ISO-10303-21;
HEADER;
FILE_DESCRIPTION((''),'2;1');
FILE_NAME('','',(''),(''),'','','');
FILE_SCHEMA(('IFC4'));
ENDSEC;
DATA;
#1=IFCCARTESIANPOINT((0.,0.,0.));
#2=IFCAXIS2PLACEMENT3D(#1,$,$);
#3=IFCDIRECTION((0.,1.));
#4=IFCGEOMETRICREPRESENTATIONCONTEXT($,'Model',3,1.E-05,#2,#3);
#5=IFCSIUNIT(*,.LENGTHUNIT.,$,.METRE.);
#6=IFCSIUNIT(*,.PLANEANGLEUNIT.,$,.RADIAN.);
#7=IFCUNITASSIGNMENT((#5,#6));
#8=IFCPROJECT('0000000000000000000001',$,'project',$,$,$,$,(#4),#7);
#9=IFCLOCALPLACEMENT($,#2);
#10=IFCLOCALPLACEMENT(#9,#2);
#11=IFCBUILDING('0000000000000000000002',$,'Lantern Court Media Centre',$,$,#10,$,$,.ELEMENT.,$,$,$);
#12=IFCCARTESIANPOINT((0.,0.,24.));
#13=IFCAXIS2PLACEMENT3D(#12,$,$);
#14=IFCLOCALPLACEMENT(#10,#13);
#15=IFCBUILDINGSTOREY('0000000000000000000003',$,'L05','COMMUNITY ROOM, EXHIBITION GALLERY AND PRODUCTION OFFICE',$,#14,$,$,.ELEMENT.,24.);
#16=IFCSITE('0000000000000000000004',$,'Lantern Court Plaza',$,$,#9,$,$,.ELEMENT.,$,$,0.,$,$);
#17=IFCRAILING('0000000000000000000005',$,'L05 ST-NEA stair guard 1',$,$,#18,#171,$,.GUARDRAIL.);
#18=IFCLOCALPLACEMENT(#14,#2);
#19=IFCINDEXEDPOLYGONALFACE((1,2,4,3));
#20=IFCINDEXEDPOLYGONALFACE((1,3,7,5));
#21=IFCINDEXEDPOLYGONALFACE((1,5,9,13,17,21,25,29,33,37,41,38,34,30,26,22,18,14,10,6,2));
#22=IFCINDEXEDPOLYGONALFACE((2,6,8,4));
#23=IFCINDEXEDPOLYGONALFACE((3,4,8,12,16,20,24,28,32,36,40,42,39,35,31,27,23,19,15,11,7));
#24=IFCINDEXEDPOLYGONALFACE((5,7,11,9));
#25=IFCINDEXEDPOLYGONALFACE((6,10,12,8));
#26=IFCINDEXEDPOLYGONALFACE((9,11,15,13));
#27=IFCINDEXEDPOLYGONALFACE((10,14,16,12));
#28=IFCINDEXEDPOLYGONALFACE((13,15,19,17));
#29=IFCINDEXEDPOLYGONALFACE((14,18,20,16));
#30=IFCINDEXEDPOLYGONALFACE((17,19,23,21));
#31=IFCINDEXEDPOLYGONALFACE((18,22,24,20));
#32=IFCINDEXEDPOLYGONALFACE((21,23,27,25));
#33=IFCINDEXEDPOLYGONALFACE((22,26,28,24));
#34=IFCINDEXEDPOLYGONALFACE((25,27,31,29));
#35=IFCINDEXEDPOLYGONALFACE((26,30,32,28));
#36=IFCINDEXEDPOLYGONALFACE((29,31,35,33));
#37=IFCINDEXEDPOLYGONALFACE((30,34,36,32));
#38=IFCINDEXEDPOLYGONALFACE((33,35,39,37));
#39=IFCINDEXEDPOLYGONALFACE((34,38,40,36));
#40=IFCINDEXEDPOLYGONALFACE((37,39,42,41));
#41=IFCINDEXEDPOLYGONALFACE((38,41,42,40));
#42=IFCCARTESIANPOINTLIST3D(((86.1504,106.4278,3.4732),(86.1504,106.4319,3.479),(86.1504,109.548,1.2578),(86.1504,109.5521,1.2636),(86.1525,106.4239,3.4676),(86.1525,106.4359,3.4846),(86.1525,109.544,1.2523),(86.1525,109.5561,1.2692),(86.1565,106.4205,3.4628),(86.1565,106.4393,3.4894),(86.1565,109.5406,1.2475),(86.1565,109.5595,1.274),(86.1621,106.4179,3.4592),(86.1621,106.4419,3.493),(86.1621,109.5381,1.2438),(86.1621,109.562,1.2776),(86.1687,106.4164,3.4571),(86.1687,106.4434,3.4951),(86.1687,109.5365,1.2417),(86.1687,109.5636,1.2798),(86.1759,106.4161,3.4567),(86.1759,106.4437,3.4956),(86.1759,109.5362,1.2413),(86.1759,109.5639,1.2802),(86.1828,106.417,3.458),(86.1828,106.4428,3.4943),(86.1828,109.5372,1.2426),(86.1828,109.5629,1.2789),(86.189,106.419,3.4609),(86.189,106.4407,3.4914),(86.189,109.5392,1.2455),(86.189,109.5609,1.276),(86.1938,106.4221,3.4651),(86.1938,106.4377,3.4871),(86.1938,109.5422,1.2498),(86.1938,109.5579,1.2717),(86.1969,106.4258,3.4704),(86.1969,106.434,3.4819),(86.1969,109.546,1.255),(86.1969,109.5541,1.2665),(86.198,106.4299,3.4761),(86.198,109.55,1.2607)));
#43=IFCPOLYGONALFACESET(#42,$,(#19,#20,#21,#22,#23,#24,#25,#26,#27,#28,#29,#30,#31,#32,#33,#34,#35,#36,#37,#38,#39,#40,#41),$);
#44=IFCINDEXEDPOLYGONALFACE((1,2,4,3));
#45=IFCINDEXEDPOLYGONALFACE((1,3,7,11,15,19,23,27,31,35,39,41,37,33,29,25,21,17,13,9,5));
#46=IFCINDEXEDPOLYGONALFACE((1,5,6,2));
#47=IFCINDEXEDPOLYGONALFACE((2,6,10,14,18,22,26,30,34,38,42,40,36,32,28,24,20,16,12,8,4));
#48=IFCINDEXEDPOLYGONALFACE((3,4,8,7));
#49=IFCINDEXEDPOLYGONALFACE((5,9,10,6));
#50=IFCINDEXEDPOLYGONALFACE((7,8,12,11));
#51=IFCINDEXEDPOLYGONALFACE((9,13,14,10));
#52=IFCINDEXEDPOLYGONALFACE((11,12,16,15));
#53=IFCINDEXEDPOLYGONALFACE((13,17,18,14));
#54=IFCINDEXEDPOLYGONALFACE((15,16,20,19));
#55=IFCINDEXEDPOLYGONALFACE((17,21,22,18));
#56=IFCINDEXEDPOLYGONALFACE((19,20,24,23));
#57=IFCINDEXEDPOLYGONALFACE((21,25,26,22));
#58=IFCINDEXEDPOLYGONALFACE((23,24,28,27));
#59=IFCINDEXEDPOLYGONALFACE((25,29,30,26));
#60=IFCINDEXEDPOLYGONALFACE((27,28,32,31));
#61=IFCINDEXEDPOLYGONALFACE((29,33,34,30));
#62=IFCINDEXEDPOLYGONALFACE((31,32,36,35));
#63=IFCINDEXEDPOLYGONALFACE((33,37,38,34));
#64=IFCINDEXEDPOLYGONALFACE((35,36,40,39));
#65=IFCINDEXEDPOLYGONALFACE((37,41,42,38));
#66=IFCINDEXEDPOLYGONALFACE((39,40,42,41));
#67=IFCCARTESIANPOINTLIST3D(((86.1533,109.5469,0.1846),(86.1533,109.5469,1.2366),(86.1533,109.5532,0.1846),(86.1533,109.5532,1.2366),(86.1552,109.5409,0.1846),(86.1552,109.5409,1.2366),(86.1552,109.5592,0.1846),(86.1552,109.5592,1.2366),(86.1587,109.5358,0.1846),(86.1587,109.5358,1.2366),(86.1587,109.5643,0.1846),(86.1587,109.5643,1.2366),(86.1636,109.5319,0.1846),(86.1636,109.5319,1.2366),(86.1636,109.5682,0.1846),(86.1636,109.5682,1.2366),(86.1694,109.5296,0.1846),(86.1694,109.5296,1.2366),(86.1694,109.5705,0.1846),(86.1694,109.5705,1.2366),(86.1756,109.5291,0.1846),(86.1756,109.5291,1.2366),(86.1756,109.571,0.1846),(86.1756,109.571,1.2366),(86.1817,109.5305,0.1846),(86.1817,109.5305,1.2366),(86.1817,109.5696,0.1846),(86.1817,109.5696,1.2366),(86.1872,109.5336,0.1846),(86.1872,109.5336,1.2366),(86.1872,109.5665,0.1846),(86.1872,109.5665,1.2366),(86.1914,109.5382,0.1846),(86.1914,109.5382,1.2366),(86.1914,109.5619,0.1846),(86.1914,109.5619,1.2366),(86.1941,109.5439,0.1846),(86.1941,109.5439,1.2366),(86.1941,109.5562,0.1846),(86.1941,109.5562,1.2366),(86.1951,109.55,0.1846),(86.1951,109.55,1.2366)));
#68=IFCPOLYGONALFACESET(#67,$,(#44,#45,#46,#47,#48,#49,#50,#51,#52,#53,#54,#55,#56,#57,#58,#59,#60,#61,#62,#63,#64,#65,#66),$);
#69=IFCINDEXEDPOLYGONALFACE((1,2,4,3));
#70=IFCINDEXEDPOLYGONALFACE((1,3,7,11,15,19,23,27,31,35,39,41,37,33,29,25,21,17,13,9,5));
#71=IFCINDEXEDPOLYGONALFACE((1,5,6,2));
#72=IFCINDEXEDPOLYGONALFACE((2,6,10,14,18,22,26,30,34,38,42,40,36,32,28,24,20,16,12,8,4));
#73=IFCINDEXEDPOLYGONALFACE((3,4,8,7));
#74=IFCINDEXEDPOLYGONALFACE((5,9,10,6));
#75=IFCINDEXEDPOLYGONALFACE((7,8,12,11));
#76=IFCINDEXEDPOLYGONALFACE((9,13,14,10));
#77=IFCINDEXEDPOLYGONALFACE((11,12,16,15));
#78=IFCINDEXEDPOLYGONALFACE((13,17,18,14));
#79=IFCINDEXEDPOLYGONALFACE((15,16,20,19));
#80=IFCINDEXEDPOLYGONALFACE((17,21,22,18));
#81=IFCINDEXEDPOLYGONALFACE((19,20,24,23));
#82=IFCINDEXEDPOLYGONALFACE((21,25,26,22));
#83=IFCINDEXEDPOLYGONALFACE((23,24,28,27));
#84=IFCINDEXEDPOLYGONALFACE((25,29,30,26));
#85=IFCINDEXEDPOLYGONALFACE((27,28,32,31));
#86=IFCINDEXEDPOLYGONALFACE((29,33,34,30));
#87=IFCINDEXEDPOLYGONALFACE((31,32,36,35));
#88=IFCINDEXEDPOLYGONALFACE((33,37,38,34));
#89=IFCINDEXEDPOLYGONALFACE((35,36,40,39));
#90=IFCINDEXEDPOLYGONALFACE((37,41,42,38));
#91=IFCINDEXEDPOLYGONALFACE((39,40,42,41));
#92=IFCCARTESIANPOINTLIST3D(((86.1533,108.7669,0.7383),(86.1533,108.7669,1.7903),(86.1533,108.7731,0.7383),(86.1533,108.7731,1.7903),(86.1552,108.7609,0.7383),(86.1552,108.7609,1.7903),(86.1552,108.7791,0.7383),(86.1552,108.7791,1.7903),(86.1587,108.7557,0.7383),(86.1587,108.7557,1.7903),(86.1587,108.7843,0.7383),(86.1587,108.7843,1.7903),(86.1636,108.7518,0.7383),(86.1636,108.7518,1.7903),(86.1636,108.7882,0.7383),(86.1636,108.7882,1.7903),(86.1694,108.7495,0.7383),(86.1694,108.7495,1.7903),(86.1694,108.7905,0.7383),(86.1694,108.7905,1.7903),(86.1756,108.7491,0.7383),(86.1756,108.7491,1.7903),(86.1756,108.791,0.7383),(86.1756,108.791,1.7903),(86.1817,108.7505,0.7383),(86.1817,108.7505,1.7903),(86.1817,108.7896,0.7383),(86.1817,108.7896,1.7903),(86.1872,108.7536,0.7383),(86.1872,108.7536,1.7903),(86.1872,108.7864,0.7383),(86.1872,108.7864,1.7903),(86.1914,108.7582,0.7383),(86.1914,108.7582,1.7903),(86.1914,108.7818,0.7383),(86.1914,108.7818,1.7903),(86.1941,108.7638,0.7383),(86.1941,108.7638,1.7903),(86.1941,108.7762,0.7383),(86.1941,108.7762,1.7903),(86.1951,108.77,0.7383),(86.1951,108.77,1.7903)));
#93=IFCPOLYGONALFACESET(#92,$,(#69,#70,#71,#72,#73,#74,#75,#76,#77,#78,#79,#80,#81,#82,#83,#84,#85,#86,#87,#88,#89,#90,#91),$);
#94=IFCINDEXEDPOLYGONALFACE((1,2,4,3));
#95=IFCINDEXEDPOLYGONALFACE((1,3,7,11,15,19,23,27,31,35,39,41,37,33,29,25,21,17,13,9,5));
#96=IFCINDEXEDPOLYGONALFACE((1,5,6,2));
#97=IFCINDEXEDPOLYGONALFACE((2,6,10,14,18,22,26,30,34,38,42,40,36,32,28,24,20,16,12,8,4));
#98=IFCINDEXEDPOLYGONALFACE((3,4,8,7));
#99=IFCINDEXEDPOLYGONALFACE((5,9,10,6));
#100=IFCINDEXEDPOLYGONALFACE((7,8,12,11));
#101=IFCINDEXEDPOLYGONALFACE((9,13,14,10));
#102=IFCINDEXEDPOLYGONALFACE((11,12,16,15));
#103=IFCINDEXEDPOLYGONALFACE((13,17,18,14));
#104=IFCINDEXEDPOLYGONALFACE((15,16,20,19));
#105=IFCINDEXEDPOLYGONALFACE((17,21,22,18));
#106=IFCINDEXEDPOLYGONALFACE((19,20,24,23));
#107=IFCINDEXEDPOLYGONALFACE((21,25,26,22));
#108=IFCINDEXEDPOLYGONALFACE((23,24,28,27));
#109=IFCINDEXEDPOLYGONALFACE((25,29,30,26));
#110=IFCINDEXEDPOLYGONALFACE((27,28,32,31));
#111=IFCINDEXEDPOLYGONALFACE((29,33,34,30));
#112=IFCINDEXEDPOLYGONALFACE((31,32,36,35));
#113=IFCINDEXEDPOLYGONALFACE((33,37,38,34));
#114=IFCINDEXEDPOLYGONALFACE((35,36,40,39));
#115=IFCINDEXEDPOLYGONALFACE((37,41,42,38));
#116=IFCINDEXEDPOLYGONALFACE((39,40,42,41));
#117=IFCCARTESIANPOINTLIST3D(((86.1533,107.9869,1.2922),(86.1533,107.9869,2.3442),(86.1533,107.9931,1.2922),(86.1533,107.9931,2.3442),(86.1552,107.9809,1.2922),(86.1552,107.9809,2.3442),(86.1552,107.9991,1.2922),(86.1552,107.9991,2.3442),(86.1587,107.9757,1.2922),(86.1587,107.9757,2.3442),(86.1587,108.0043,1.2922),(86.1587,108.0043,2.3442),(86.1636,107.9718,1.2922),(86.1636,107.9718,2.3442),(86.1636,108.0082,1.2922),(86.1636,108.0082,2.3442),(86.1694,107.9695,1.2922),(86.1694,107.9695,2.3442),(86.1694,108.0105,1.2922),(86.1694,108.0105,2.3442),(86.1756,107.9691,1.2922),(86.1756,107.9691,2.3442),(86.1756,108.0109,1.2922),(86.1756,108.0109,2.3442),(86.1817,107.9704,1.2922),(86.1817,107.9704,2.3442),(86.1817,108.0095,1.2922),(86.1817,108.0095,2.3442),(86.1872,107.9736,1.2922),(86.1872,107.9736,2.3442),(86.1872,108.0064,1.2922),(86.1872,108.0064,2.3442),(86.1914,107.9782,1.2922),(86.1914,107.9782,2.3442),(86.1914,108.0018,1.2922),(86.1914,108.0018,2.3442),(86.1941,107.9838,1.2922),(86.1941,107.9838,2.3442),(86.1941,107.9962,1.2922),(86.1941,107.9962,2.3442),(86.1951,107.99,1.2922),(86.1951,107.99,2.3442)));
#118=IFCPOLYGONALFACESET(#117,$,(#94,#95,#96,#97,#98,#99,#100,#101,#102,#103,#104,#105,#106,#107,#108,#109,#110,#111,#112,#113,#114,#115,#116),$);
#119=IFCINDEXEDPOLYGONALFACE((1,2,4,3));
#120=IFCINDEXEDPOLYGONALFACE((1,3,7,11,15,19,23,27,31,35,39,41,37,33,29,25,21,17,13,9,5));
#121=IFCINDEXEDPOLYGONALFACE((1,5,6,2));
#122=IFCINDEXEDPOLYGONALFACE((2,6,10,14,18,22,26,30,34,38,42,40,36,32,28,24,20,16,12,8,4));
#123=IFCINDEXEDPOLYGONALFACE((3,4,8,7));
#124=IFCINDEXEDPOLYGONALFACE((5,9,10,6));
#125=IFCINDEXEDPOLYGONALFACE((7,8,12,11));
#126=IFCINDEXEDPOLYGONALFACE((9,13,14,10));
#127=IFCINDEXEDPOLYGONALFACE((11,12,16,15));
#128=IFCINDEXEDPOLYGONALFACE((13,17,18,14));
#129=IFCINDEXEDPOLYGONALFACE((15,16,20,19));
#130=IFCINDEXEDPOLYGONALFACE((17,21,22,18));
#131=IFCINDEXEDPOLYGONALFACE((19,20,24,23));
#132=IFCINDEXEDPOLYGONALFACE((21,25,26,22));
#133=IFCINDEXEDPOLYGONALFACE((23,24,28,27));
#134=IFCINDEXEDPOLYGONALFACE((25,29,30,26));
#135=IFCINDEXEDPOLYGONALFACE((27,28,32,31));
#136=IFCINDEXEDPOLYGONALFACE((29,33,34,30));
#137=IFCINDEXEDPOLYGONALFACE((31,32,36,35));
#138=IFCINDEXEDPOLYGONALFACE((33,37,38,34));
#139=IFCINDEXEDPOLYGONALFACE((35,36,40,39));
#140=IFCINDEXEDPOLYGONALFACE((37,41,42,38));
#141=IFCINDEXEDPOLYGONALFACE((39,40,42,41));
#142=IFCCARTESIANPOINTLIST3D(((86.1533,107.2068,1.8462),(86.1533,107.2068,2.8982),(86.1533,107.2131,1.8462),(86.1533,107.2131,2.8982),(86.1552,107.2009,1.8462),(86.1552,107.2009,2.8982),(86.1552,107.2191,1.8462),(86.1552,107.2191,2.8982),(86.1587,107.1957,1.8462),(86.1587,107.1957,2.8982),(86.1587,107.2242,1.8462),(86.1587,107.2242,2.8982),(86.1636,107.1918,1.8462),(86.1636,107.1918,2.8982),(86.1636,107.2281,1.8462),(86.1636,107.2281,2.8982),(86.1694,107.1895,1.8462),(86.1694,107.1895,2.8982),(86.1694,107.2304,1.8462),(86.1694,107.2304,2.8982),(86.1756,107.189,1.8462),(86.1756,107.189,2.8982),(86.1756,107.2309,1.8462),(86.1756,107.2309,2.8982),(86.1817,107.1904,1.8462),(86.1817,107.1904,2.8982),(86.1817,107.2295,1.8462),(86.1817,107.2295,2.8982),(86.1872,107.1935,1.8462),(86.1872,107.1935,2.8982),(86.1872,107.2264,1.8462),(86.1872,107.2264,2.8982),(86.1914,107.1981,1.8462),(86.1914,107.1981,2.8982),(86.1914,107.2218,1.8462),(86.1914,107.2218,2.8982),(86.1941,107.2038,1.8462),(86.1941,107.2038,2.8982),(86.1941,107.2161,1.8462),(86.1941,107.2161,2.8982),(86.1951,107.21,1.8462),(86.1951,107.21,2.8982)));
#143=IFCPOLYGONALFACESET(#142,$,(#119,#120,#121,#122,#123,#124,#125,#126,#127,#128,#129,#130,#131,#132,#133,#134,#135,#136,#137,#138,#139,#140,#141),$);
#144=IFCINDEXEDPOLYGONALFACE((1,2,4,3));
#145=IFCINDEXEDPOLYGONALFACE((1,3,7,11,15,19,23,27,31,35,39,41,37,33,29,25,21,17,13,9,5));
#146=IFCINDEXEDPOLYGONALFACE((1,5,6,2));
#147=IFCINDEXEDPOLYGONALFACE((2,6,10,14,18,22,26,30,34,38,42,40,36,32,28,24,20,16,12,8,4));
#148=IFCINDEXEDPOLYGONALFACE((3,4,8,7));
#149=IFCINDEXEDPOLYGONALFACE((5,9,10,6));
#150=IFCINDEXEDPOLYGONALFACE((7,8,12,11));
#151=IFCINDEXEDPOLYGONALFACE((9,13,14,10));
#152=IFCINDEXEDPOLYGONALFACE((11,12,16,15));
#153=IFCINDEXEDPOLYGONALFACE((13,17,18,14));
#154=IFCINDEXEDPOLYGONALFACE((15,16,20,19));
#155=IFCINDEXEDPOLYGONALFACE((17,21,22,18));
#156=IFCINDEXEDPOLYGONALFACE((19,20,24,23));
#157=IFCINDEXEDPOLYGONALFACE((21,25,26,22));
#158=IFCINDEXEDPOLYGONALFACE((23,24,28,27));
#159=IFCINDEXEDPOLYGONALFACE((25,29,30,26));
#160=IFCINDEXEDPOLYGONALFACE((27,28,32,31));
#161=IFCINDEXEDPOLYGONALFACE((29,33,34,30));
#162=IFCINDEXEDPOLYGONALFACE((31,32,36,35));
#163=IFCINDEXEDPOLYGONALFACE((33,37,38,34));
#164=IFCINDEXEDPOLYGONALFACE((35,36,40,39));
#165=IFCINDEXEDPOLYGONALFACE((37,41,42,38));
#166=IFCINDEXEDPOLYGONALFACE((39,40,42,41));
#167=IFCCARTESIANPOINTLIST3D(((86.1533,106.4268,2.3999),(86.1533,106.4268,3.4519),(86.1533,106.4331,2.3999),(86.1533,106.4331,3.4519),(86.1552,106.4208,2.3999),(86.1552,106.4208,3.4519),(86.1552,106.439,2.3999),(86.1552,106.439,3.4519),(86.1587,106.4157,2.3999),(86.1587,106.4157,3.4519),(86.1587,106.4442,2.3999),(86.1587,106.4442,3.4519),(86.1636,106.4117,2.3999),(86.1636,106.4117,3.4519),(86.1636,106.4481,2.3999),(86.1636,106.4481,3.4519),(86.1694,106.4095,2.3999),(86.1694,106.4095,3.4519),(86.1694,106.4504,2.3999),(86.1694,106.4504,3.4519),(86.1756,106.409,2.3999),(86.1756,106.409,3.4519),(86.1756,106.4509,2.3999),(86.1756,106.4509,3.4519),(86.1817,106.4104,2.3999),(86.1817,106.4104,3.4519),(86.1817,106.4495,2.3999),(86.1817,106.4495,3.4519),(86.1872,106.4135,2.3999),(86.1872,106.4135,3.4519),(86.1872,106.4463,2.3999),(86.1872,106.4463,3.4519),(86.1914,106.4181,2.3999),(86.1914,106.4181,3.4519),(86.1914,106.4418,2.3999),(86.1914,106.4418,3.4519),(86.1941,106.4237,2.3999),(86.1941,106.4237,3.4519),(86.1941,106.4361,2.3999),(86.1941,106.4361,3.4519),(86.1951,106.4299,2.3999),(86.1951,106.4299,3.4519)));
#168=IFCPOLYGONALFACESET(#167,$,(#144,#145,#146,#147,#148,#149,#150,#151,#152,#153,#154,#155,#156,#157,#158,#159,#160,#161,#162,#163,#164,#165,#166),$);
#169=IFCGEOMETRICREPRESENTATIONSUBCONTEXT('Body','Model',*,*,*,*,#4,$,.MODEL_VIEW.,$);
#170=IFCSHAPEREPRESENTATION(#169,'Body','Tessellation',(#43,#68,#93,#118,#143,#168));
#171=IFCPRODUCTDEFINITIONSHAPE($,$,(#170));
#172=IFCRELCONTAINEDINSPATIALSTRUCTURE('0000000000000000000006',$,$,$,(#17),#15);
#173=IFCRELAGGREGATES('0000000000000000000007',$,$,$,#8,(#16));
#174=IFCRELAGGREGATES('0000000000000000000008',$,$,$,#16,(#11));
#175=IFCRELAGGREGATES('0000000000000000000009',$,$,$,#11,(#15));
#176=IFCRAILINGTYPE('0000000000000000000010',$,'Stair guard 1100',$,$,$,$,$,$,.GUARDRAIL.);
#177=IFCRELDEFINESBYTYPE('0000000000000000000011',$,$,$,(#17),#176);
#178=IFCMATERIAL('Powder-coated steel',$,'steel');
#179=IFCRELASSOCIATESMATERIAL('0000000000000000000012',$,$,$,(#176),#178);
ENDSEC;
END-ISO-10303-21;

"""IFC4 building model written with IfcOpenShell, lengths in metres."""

from ifc_helpers import new_model, si_unit, direction, frame, origin, origin_2d, place, context, subcontext, project, spatial, circle, extrude, material, type_object, element, save


model = new_model("IFC4")

# Units and contexts
model_context = context("Model", 3, precision=1e-05, world=origin(), true_north=direction((0.0, 1.0)))
body_context = subcontext(model_context, "Body", "Model", "MODEL_VIEW")
ifc_project = project(units=[si_unit("LENGTHUNIT", "METRE"), si_unit("PLANEANGLEUNIT", "RADIAN")], contexts=[model_context])

# Site, building, storey
site_placement = place(None, origin())
site = spatial("IfcSite", under=ifc_project, at=site_placement, Name="Lantern Court Plaza", CompositionType="ELEMENT", RefElevation=0.0)
building_placement = place(site_placement, origin())
building = spatial("IfcBuilding", under=site, at=building_placement, Name="Lantern Court Media Centre", CompositionType="ELEMENT")
storey_placement = place(building_placement, frame((0.0, 0.0, 24.0)))
storey = spatial("IfcBuildingStorey", under=building, at=storey_placement, Name="L05", Description="COMMUNITY ROOM, EXHIBITION GALLERY AND PRODUCTION OFFICE", CompositionType="ELEMENT", Elevation=24.0)

# Shared definitions
ifc_material_1 = material(Name="Powder-coated steel", Category="steel")

# Railing
railing_type_1 = type_object("IfcRailingType", Name="Stair guard 1100", PredefinedType="GUARDRAIL", material=ifc_material_1)
railing_1_placement = place(storey_placement, frame((86.1741, 109.55, 0.1846)))
element("IfcRailing", 1, at=railing_1_placement, inside=storey, type_object=railing_type_1, Name="L05 ST-NEA stair guard 1", PredefinedType="GUARDRAIL", context=body_context, shape_type="SweptSolid", body=[
    extrude(circle(Radius=0.0239, at=origin_2d()), frame((0.0, 0.0, 1.0762), z_axis=(0.0, -0.815377, 0.57893), x_axis=(1.0, 0.0, 0.0)), (0.0, 0.0, 1.0), 3.8267),
    extrude(circle(Radius=0.021, at=origin_2d()), origin(), (0.0, 0.0, 1.0), 1.052),
    extrude(circle(Radius=0.021, at=origin_2d()), frame((0.0, -0.78, 0.5537)), (0.0, 0.0, 1.0), 1.052),
    extrude(circle(Radius=0.021, at=origin_2d()), frame((0.0, -1.5601, 1.1077)), (0.0, 0.0, 1.0), 1.052),
    extrude(circle(Radius=0.021, at=origin_2d()), frame((0.0, -2.3401, 1.6616)), (0.0, 0.0, 1.0), 1.052),
    extrude(circle(Radius=0.021, at=origin_2d()), frame((0.0, -3.1201, 2.2153)), (0.0, 0.0, 1.0), 1.052),
])

save(model, "model.ifc")
